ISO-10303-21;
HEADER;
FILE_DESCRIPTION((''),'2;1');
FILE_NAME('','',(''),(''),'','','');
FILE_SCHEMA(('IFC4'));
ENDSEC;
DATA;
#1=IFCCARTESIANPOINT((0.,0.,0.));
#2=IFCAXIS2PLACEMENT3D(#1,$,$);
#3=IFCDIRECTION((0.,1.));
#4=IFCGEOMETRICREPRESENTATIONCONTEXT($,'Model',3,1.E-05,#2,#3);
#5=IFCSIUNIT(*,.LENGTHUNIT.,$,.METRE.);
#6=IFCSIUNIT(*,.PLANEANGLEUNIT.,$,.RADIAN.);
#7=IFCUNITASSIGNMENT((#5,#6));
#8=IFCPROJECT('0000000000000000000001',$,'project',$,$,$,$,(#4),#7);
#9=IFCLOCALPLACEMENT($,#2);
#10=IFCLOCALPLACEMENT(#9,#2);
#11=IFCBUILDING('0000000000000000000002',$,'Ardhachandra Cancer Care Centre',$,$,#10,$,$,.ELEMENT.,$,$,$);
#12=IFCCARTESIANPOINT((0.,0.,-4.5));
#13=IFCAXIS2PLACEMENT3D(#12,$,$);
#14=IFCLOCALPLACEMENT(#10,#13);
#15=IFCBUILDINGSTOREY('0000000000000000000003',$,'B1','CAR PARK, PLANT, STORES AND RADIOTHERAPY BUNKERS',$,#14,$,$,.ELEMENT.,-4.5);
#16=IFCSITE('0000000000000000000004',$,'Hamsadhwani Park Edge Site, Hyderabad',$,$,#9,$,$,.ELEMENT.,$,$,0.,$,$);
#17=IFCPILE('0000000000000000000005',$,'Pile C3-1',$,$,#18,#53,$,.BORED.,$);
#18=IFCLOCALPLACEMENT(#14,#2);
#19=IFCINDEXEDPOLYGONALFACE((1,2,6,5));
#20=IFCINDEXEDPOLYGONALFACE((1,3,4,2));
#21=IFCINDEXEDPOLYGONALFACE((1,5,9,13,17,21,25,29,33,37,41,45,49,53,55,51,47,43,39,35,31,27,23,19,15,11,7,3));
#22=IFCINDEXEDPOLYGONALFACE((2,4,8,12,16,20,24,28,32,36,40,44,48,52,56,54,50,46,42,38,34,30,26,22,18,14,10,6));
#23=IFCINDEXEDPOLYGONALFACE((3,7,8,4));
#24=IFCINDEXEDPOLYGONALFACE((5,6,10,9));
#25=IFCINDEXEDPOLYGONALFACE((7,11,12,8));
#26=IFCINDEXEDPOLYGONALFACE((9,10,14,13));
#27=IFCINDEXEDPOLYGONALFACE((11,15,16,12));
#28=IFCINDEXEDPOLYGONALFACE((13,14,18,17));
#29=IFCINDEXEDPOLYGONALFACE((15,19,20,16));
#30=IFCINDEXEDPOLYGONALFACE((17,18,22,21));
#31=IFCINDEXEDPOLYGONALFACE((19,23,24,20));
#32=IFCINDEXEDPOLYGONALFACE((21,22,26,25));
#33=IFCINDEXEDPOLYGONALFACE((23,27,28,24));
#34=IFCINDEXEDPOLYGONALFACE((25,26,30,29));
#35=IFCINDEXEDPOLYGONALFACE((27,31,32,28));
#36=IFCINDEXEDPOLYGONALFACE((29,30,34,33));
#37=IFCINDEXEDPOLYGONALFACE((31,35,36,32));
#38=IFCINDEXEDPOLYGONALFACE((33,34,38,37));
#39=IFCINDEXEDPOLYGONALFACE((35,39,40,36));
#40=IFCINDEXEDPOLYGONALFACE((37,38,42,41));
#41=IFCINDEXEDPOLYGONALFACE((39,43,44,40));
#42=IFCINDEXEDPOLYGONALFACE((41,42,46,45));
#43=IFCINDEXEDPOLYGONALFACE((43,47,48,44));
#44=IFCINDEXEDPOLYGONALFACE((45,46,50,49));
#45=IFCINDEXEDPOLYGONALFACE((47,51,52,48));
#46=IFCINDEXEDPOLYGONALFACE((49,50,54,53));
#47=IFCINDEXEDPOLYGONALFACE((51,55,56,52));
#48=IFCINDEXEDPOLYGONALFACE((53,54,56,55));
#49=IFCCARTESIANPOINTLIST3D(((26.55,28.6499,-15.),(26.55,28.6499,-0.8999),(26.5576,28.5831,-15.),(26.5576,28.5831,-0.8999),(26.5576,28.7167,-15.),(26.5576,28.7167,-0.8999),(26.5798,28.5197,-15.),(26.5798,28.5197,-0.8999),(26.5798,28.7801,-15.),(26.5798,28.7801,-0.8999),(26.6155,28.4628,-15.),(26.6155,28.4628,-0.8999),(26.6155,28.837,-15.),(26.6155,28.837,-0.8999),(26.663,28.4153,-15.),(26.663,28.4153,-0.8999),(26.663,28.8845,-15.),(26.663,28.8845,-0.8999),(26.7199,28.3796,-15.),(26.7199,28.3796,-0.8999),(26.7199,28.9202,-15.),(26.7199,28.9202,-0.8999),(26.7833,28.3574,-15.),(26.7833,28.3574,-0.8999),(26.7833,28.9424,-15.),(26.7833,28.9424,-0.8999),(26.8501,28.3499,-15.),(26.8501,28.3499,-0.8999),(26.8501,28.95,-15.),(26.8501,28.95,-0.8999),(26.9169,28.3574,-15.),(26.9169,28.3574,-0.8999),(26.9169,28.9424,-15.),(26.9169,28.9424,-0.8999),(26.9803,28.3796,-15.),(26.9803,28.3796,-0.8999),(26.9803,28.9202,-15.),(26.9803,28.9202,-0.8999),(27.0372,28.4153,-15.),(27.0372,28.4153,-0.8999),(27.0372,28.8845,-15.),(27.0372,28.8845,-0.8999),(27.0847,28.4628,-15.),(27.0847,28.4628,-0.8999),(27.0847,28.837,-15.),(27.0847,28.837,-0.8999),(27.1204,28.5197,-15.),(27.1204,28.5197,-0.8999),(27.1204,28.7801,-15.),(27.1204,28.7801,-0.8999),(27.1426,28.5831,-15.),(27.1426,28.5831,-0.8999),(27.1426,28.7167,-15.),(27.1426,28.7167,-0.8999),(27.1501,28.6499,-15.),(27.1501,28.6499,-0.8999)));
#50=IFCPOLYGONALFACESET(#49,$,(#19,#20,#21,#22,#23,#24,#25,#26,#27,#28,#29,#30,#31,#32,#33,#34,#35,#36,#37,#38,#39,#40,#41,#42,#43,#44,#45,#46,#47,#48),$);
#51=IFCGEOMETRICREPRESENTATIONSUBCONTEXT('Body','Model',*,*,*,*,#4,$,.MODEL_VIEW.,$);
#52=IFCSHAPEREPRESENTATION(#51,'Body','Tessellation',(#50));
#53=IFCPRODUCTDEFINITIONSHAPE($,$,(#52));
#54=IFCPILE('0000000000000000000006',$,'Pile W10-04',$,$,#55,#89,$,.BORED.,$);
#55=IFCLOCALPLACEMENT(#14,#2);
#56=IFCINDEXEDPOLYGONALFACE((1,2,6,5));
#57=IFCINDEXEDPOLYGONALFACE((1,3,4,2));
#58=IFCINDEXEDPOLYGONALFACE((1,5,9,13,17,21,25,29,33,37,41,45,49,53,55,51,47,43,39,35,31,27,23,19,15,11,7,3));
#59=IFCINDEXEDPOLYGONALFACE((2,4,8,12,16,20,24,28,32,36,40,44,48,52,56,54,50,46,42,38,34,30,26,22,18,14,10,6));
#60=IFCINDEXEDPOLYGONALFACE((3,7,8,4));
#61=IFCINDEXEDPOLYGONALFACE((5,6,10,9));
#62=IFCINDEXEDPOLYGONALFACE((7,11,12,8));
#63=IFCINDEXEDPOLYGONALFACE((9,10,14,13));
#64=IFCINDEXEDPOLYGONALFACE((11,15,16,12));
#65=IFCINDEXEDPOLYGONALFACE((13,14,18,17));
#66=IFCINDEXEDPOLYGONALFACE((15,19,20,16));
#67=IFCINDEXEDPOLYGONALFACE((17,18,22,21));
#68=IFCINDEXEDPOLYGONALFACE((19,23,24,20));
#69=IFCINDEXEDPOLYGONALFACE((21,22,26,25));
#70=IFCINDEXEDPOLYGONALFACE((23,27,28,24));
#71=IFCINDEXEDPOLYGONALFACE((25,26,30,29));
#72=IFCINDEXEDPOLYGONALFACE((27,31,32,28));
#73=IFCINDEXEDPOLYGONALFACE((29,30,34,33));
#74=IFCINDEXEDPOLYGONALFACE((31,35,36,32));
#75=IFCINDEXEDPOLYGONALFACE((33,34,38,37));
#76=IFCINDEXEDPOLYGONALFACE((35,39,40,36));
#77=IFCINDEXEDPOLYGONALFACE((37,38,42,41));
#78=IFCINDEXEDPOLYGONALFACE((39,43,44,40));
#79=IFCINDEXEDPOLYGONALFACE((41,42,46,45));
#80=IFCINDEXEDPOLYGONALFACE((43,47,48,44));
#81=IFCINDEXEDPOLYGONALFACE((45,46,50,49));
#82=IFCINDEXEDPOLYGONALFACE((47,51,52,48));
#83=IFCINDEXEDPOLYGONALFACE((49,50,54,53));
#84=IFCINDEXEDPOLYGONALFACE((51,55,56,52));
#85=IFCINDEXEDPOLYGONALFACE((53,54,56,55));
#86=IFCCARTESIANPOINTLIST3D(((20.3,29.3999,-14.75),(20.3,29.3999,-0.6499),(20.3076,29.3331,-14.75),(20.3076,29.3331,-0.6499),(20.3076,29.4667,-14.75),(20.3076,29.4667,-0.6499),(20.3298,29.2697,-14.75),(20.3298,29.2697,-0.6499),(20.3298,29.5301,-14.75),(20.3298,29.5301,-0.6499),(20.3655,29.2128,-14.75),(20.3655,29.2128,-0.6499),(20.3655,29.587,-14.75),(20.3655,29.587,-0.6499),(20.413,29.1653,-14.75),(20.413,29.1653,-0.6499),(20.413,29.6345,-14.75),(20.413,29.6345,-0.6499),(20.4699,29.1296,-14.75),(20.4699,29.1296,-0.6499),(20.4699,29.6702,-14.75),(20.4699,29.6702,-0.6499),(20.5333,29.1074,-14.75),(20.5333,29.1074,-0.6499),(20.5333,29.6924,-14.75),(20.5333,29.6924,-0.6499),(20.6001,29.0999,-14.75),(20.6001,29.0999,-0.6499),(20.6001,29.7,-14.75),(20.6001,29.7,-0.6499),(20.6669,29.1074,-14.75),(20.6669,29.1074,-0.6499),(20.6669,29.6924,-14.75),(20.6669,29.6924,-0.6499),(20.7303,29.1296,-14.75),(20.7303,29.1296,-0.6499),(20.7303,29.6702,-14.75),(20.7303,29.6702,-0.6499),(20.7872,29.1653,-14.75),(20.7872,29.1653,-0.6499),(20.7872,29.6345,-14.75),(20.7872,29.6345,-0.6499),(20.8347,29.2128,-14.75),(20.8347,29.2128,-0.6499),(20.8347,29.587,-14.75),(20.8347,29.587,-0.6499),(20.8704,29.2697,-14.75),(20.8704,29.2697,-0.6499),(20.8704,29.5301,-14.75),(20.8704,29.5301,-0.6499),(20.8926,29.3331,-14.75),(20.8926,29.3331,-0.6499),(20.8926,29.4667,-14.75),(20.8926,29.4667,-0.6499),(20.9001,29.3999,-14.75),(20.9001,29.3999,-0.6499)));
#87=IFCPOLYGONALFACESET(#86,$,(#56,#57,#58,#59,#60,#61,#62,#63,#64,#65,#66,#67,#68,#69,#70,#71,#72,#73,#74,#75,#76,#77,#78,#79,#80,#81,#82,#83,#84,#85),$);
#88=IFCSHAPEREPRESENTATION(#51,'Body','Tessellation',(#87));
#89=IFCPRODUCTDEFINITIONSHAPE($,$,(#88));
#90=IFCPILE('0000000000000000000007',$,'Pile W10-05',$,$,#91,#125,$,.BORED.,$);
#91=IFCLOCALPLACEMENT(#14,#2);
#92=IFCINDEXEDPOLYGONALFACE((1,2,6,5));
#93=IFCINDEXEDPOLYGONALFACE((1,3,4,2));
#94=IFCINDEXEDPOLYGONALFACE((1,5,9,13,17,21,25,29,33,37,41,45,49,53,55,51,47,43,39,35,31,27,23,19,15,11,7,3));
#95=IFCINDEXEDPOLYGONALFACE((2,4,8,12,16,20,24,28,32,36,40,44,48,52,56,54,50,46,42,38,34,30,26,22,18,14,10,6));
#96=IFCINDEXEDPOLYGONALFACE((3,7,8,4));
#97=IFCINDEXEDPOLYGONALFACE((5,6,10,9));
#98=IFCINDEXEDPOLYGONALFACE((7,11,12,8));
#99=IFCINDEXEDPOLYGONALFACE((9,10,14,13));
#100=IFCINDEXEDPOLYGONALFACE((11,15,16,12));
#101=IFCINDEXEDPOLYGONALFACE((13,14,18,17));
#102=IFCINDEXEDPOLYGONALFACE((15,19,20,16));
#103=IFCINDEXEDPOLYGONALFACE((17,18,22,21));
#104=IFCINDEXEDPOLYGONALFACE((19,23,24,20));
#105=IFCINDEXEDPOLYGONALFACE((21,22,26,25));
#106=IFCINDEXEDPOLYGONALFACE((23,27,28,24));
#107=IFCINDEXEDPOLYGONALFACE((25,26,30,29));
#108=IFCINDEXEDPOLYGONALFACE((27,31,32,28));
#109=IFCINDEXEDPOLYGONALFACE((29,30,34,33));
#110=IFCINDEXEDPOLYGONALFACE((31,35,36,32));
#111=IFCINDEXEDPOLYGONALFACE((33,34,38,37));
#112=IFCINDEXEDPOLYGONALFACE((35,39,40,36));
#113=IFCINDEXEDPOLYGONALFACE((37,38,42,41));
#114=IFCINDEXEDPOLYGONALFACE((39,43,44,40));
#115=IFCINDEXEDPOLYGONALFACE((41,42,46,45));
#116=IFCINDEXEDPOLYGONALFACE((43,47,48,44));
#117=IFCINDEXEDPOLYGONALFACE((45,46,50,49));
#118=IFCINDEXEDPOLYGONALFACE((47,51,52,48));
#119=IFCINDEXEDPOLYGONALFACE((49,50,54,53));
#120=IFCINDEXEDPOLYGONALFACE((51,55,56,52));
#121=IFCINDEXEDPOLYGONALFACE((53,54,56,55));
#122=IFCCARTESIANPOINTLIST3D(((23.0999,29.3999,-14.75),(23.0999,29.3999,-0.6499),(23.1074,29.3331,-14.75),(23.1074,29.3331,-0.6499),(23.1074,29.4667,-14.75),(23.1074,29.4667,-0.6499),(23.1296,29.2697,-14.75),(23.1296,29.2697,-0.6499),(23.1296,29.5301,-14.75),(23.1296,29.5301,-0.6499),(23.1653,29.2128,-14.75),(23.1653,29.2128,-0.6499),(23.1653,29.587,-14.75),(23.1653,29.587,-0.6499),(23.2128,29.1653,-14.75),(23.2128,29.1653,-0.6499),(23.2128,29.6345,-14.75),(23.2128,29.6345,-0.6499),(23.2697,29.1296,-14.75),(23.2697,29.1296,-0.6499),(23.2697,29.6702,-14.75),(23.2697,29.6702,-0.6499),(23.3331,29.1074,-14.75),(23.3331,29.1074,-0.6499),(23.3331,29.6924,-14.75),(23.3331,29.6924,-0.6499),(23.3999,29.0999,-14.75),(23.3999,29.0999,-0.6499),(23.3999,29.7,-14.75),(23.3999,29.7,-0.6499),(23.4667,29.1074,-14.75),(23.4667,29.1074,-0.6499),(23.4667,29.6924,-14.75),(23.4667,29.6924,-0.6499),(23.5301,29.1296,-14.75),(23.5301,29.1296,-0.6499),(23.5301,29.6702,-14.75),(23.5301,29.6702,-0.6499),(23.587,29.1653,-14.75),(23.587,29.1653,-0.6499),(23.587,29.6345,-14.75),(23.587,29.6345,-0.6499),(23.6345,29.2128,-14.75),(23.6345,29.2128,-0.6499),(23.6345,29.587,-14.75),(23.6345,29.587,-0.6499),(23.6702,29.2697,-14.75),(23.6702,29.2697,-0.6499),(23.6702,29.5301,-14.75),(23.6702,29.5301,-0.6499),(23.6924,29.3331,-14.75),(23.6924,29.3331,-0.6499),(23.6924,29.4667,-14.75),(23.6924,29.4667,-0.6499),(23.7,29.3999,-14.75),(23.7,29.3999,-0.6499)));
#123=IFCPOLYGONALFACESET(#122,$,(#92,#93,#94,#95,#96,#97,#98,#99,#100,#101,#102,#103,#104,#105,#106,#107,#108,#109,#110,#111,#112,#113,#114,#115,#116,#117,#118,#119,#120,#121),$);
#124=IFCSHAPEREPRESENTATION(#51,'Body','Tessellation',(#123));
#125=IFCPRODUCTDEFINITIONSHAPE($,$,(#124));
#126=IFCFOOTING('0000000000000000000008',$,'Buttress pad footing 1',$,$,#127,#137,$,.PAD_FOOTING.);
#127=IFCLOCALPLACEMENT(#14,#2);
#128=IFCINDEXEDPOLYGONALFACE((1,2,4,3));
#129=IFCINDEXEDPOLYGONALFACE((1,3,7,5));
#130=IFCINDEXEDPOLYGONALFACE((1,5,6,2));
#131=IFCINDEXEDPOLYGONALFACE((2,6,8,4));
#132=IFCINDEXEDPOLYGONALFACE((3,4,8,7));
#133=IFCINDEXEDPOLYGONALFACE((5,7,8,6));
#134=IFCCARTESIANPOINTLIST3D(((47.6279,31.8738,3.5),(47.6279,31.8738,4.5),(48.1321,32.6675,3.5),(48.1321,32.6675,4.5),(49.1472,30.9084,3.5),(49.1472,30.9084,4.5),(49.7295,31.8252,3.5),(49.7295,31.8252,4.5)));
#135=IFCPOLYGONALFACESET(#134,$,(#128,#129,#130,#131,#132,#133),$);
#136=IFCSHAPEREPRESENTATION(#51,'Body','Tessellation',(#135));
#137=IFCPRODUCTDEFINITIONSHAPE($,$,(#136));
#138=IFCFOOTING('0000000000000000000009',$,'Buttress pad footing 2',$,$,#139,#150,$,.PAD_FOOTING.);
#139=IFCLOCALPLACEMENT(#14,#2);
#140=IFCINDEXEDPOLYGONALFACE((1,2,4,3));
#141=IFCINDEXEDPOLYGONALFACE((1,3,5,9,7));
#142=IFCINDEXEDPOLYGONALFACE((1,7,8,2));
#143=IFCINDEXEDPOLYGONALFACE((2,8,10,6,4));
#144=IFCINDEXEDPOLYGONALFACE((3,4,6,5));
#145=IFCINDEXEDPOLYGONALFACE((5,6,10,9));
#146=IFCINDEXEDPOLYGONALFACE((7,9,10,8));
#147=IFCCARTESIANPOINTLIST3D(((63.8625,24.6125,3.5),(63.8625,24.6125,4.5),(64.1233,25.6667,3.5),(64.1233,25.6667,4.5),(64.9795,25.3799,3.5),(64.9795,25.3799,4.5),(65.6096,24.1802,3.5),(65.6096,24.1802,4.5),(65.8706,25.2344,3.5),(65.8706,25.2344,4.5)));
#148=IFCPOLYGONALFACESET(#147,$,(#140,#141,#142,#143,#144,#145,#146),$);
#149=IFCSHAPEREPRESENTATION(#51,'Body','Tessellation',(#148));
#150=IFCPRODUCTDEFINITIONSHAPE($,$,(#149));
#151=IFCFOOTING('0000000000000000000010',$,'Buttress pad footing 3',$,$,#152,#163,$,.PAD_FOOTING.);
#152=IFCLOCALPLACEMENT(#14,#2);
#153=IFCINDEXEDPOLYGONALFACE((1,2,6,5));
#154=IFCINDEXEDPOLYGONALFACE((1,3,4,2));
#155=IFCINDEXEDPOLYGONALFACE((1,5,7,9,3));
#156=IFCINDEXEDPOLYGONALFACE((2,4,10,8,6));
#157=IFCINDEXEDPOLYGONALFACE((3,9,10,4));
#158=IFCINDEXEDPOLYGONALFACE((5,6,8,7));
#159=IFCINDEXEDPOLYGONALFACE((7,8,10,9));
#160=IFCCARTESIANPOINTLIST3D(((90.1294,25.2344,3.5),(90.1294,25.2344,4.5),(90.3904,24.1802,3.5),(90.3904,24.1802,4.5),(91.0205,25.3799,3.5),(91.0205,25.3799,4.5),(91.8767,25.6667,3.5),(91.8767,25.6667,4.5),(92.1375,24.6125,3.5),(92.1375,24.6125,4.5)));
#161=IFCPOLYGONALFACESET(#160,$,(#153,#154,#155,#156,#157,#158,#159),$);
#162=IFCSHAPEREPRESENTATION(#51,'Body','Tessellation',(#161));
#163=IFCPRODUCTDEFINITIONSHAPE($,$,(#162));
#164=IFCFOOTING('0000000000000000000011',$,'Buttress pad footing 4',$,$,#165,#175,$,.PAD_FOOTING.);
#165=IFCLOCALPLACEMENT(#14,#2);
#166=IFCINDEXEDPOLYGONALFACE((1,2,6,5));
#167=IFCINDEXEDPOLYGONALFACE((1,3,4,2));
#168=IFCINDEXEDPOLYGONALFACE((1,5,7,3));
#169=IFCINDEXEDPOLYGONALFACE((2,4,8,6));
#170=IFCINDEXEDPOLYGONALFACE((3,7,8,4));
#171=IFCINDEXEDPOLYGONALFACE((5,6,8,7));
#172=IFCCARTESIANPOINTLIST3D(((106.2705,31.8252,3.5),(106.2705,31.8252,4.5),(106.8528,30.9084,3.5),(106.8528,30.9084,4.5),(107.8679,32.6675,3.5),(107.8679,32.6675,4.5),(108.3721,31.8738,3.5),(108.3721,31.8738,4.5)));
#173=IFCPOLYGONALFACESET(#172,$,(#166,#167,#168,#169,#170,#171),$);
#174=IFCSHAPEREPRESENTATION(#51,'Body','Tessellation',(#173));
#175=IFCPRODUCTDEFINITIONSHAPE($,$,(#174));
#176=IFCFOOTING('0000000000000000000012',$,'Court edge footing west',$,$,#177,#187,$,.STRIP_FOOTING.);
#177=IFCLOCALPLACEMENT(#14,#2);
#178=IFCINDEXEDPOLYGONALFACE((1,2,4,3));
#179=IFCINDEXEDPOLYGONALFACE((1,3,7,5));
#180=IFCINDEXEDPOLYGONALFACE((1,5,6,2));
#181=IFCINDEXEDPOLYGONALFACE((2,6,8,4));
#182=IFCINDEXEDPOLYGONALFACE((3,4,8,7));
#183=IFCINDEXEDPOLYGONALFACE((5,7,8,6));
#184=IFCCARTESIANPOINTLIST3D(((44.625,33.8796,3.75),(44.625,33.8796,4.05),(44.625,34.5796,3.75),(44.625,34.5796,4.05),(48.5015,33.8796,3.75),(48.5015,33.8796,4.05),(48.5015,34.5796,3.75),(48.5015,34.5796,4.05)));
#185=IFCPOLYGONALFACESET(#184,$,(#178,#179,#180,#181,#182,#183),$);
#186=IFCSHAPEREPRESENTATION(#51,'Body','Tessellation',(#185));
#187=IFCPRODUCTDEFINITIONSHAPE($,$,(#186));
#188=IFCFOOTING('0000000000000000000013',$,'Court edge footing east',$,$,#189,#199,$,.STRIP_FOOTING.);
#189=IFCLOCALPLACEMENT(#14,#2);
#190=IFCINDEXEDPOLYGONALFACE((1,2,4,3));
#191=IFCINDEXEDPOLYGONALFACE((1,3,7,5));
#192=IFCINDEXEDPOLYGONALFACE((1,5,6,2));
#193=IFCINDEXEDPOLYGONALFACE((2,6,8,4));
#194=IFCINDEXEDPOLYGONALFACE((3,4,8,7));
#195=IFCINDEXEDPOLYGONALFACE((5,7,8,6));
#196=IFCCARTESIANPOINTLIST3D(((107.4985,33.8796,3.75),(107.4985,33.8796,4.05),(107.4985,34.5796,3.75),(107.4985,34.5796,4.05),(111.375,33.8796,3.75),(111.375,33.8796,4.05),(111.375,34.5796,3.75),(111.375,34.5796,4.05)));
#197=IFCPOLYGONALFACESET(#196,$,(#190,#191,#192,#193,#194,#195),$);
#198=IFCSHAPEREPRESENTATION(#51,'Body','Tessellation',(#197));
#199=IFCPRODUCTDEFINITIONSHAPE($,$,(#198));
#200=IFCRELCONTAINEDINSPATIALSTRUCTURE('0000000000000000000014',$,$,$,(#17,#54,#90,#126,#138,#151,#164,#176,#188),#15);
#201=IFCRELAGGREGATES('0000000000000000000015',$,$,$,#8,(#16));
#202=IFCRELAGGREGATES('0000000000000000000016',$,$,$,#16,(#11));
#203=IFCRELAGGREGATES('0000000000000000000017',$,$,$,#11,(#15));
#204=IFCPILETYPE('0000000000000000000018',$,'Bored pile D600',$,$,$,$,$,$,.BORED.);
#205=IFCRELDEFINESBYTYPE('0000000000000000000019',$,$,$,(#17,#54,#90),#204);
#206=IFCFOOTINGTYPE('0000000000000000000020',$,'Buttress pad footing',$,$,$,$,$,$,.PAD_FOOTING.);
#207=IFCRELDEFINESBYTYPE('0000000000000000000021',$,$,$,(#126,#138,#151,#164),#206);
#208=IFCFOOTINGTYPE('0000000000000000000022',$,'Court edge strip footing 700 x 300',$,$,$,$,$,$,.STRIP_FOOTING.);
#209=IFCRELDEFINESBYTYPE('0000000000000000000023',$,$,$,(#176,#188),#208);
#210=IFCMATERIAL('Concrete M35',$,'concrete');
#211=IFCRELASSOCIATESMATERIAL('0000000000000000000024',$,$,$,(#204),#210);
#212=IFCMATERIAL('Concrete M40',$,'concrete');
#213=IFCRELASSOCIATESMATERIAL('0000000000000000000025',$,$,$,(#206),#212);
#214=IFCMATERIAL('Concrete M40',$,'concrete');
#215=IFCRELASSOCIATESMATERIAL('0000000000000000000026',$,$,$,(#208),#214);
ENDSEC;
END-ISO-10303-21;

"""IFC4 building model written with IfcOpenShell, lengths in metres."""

from ifc_helpers import new_model, si_unit, direction, frame, origin, origin_2d, place, context, subcontext, project, spatial, polyline, circle, outline, extrude, material, material_profile, profile_set, type_object, element, save


model = new_model("IFC4")

# Units and contexts
model_context = context("Model", 3, precision=1e-05, world=origin(), true_north=direction((0.0, 1.0)))
body_context = subcontext(model_context, "Body", "Model", "MODEL_VIEW")
ifc_project = project(units=[si_unit("LENGTHUNIT", "METRE"), si_unit("PLANEANGLEUNIT", "RADIAN")], contexts=[model_context])

# Site, building, storey
site_placement = place(None, origin())
site = spatial("IfcSite", under=ifc_project, at=site_placement, Name="Hamsadhwani Park Edge Site, Hyderabad", CompositionType="ELEMENT", RefElevation=0.0)
building_placement = place(site_placement, origin())
building = spatial("IfcBuilding", under=site, at=building_placement, Name="Ardhachandra Cancer Care Centre", CompositionType="ELEMENT")
storey_placement = place(building_placement, frame((0.0, 0.0, -4.5)))
storey = spatial("IfcBuildingStorey", under=building, at=storey_placement, Name="B1", Description="CAR PARK, PLANT, STORES AND RADIOTHERAPY BUNKERS", CompositionType="ELEMENT", Elevation=-4.5)

# Piles
ifc_material_1 = material(Name="Concrete M35", Category="concrete")
ifc_material_profile_1 = material_profile(ifc_material_1, circle(Radius=0.3, at=origin_2d()), Name="D600")
ifc_profile_set_1 = profile_set([ifc_material_profile_1], Name="Concrete M35")
pile_type = type_object("IfcPileType", Name="Bored pile D600", PredefinedType="BORED", material=ifc_profile_set_1)
for number, where, z_axis, x_axis, name in (
    (1, (26.8501, 28.6499, -0.8999), (0.0, 0.0, -1.0), (1.0, 0.0, 0.0), "Pile C3-1"),
    (2, (20.6001, 29.3999, -0.6499), (0.0, 0.0, -1.0), (1.0, 0.0, 0.0), "Pile W10-04"),
    (3, (23.3999, 29.3999, -0.6499), (0.0, 0.0, -1.0), (1.0, 0.0, 0.0), "Pile W10-05"),
):
    element("IfcPile", number, at=place(storey_placement, frame(where, z_axis=z_axis, x_axis=x_axis)), inside=storey, type_object=pile_type, Name=name, PredefinedType="BORED", context=body_context, shape_type="SweptSolid", body=[
        extrude(circle(Radius=0.3, at=origin_2d()), origin(), (0.0, 0.0, 1.0), 14.1001),
    ])

# Footings
ifc_material_2 = material(Name="Concrete M40", Category="concrete")
footing_type_1 = type_object("IfcFootingType", Name="Buttress pad footing", PredefinedType="PAD_FOOTING", material=ifc_material_2)
footing_1_placement = place(storey_placement, frame((0.0, 0.0, 3.5)))
element("IfcFooting", 4, at=footing_1_placement, inside=storey, type_object=footing_type_1, Name="Buttress pad footing 1", PredefinedType="PAD_FOOTING", context=body_context, shape_type="SweptSolid", body=[
    extrude(outline(polyline([(49.1472, 30.9084), (49.7295, 31.8252), (48.1321, 32.6675), (47.6279, 31.8738), (49.1472, 30.9084)])), origin(), (0.0, 0.0, 1.0), 1.0),
])
footing_2_placement = place(storey_placement, frame((0.0, 0.0, 3.5)))
element("IfcFooting", 5, at=footing_2_placement, inside=storey, type_object=footing_type_1, Name="Buttress pad footing 2", PredefinedType="PAD_FOOTING", context=body_context, shape_type="SweptSolid", body=[
    extrude(outline(polyline([(65.6096, 24.1802), (65.8706, 25.2344), (64.9795, 25.3799), (64.1233, 25.6667), (63.8625, 24.6125), (65.6096, 24.1802)])), origin(), (0.0, 0.0, 1.0), 1.0),
])
footing_3_placement = place(storey_placement, frame((0.0, 0.0, 3.5)))
element("IfcFooting", 6, at=footing_3_placement, inside=storey, type_object=footing_type_1, Name="Buttress pad footing 3", PredefinedType="PAD_FOOTING", context=body_context, shape_type="SweptSolid", body=[
    extrude(outline(polyline([(92.1375, 24.6125), (91.8767, 25.6667), (91.0205, 25.3799), (90.1294, 25.2344), (90.3904, 24.1802), (92.1375, 24.6125)])), origin(), (0.0, 0.0, 1.0), 1.0),
])
footing_4_placement = place(storey_placement, frame((0.0, 0.0, 3.5)))
element("IfcFooting", 7, at=footing_4_placement, inside=storey, type_object=footing_type_1, Name="Buttress pad footing 4", PredefinedType="PAD_FOOTING", context=body_context, shape_type="SweptSolid", body=[
    extrude(outline(polyline([(108.3721, 31.8738), (107.8679, 32.6675), (106.2705, 31.8252), (106.8528, 30.9084), (108.3721, 31.8738)])), origin(), (0.0, 0.0, 1.0), 1.0),
])
ifc_material_3 = material(Name="Concrete M40", Category="concrete")
footing_type_2 = type_object("IfcFootingType", Name="Court edge strip footing 700 x 300", PredefinedType="STRIP_FOOTING", material=ifc_material_3)
footing_5_placement = place(storey_placement, frame((0.0, 0.0, 3.75)))
element("IfcFooting", 8, at=footing_5_placement, inside=storey, type_object=footing_type_2, Name="Court edge footing west", PredefinedType="STRIP_FOOTING", context=body_context, shape_type="SweptSolid", body=[
    extrude(outline(polyline([(44.625, 33.8796), (48.5015, 33.8796), (48.5015, 34.5796), (44.625, 34.5796), (44.625, 33.8796)])), origin(), (0.0, 0.0, 1.0), 0.3),
])
footing_6_placement = place(storey_placement, frame((0.0, 0.0, 3.75)))
element("IfcFooting", 9, at=footing_6_placement, inside=storey, type_object=footing_type_2, Name="Court edge footing east", PredefinedType="STRIP_FOOTING", context=body_context, shape_type="SweptSolid", body=[
    extrude(outline(polyline([(107.4985, 33.8796), (111.375, 33.8796), (111.375, 34.5796), (107.4985, 34.5796), (107.4985, 33.8796)])), origin(), (0.0, 0.0, 1.0), 0.3),
])

save(model, "model.ifc")
